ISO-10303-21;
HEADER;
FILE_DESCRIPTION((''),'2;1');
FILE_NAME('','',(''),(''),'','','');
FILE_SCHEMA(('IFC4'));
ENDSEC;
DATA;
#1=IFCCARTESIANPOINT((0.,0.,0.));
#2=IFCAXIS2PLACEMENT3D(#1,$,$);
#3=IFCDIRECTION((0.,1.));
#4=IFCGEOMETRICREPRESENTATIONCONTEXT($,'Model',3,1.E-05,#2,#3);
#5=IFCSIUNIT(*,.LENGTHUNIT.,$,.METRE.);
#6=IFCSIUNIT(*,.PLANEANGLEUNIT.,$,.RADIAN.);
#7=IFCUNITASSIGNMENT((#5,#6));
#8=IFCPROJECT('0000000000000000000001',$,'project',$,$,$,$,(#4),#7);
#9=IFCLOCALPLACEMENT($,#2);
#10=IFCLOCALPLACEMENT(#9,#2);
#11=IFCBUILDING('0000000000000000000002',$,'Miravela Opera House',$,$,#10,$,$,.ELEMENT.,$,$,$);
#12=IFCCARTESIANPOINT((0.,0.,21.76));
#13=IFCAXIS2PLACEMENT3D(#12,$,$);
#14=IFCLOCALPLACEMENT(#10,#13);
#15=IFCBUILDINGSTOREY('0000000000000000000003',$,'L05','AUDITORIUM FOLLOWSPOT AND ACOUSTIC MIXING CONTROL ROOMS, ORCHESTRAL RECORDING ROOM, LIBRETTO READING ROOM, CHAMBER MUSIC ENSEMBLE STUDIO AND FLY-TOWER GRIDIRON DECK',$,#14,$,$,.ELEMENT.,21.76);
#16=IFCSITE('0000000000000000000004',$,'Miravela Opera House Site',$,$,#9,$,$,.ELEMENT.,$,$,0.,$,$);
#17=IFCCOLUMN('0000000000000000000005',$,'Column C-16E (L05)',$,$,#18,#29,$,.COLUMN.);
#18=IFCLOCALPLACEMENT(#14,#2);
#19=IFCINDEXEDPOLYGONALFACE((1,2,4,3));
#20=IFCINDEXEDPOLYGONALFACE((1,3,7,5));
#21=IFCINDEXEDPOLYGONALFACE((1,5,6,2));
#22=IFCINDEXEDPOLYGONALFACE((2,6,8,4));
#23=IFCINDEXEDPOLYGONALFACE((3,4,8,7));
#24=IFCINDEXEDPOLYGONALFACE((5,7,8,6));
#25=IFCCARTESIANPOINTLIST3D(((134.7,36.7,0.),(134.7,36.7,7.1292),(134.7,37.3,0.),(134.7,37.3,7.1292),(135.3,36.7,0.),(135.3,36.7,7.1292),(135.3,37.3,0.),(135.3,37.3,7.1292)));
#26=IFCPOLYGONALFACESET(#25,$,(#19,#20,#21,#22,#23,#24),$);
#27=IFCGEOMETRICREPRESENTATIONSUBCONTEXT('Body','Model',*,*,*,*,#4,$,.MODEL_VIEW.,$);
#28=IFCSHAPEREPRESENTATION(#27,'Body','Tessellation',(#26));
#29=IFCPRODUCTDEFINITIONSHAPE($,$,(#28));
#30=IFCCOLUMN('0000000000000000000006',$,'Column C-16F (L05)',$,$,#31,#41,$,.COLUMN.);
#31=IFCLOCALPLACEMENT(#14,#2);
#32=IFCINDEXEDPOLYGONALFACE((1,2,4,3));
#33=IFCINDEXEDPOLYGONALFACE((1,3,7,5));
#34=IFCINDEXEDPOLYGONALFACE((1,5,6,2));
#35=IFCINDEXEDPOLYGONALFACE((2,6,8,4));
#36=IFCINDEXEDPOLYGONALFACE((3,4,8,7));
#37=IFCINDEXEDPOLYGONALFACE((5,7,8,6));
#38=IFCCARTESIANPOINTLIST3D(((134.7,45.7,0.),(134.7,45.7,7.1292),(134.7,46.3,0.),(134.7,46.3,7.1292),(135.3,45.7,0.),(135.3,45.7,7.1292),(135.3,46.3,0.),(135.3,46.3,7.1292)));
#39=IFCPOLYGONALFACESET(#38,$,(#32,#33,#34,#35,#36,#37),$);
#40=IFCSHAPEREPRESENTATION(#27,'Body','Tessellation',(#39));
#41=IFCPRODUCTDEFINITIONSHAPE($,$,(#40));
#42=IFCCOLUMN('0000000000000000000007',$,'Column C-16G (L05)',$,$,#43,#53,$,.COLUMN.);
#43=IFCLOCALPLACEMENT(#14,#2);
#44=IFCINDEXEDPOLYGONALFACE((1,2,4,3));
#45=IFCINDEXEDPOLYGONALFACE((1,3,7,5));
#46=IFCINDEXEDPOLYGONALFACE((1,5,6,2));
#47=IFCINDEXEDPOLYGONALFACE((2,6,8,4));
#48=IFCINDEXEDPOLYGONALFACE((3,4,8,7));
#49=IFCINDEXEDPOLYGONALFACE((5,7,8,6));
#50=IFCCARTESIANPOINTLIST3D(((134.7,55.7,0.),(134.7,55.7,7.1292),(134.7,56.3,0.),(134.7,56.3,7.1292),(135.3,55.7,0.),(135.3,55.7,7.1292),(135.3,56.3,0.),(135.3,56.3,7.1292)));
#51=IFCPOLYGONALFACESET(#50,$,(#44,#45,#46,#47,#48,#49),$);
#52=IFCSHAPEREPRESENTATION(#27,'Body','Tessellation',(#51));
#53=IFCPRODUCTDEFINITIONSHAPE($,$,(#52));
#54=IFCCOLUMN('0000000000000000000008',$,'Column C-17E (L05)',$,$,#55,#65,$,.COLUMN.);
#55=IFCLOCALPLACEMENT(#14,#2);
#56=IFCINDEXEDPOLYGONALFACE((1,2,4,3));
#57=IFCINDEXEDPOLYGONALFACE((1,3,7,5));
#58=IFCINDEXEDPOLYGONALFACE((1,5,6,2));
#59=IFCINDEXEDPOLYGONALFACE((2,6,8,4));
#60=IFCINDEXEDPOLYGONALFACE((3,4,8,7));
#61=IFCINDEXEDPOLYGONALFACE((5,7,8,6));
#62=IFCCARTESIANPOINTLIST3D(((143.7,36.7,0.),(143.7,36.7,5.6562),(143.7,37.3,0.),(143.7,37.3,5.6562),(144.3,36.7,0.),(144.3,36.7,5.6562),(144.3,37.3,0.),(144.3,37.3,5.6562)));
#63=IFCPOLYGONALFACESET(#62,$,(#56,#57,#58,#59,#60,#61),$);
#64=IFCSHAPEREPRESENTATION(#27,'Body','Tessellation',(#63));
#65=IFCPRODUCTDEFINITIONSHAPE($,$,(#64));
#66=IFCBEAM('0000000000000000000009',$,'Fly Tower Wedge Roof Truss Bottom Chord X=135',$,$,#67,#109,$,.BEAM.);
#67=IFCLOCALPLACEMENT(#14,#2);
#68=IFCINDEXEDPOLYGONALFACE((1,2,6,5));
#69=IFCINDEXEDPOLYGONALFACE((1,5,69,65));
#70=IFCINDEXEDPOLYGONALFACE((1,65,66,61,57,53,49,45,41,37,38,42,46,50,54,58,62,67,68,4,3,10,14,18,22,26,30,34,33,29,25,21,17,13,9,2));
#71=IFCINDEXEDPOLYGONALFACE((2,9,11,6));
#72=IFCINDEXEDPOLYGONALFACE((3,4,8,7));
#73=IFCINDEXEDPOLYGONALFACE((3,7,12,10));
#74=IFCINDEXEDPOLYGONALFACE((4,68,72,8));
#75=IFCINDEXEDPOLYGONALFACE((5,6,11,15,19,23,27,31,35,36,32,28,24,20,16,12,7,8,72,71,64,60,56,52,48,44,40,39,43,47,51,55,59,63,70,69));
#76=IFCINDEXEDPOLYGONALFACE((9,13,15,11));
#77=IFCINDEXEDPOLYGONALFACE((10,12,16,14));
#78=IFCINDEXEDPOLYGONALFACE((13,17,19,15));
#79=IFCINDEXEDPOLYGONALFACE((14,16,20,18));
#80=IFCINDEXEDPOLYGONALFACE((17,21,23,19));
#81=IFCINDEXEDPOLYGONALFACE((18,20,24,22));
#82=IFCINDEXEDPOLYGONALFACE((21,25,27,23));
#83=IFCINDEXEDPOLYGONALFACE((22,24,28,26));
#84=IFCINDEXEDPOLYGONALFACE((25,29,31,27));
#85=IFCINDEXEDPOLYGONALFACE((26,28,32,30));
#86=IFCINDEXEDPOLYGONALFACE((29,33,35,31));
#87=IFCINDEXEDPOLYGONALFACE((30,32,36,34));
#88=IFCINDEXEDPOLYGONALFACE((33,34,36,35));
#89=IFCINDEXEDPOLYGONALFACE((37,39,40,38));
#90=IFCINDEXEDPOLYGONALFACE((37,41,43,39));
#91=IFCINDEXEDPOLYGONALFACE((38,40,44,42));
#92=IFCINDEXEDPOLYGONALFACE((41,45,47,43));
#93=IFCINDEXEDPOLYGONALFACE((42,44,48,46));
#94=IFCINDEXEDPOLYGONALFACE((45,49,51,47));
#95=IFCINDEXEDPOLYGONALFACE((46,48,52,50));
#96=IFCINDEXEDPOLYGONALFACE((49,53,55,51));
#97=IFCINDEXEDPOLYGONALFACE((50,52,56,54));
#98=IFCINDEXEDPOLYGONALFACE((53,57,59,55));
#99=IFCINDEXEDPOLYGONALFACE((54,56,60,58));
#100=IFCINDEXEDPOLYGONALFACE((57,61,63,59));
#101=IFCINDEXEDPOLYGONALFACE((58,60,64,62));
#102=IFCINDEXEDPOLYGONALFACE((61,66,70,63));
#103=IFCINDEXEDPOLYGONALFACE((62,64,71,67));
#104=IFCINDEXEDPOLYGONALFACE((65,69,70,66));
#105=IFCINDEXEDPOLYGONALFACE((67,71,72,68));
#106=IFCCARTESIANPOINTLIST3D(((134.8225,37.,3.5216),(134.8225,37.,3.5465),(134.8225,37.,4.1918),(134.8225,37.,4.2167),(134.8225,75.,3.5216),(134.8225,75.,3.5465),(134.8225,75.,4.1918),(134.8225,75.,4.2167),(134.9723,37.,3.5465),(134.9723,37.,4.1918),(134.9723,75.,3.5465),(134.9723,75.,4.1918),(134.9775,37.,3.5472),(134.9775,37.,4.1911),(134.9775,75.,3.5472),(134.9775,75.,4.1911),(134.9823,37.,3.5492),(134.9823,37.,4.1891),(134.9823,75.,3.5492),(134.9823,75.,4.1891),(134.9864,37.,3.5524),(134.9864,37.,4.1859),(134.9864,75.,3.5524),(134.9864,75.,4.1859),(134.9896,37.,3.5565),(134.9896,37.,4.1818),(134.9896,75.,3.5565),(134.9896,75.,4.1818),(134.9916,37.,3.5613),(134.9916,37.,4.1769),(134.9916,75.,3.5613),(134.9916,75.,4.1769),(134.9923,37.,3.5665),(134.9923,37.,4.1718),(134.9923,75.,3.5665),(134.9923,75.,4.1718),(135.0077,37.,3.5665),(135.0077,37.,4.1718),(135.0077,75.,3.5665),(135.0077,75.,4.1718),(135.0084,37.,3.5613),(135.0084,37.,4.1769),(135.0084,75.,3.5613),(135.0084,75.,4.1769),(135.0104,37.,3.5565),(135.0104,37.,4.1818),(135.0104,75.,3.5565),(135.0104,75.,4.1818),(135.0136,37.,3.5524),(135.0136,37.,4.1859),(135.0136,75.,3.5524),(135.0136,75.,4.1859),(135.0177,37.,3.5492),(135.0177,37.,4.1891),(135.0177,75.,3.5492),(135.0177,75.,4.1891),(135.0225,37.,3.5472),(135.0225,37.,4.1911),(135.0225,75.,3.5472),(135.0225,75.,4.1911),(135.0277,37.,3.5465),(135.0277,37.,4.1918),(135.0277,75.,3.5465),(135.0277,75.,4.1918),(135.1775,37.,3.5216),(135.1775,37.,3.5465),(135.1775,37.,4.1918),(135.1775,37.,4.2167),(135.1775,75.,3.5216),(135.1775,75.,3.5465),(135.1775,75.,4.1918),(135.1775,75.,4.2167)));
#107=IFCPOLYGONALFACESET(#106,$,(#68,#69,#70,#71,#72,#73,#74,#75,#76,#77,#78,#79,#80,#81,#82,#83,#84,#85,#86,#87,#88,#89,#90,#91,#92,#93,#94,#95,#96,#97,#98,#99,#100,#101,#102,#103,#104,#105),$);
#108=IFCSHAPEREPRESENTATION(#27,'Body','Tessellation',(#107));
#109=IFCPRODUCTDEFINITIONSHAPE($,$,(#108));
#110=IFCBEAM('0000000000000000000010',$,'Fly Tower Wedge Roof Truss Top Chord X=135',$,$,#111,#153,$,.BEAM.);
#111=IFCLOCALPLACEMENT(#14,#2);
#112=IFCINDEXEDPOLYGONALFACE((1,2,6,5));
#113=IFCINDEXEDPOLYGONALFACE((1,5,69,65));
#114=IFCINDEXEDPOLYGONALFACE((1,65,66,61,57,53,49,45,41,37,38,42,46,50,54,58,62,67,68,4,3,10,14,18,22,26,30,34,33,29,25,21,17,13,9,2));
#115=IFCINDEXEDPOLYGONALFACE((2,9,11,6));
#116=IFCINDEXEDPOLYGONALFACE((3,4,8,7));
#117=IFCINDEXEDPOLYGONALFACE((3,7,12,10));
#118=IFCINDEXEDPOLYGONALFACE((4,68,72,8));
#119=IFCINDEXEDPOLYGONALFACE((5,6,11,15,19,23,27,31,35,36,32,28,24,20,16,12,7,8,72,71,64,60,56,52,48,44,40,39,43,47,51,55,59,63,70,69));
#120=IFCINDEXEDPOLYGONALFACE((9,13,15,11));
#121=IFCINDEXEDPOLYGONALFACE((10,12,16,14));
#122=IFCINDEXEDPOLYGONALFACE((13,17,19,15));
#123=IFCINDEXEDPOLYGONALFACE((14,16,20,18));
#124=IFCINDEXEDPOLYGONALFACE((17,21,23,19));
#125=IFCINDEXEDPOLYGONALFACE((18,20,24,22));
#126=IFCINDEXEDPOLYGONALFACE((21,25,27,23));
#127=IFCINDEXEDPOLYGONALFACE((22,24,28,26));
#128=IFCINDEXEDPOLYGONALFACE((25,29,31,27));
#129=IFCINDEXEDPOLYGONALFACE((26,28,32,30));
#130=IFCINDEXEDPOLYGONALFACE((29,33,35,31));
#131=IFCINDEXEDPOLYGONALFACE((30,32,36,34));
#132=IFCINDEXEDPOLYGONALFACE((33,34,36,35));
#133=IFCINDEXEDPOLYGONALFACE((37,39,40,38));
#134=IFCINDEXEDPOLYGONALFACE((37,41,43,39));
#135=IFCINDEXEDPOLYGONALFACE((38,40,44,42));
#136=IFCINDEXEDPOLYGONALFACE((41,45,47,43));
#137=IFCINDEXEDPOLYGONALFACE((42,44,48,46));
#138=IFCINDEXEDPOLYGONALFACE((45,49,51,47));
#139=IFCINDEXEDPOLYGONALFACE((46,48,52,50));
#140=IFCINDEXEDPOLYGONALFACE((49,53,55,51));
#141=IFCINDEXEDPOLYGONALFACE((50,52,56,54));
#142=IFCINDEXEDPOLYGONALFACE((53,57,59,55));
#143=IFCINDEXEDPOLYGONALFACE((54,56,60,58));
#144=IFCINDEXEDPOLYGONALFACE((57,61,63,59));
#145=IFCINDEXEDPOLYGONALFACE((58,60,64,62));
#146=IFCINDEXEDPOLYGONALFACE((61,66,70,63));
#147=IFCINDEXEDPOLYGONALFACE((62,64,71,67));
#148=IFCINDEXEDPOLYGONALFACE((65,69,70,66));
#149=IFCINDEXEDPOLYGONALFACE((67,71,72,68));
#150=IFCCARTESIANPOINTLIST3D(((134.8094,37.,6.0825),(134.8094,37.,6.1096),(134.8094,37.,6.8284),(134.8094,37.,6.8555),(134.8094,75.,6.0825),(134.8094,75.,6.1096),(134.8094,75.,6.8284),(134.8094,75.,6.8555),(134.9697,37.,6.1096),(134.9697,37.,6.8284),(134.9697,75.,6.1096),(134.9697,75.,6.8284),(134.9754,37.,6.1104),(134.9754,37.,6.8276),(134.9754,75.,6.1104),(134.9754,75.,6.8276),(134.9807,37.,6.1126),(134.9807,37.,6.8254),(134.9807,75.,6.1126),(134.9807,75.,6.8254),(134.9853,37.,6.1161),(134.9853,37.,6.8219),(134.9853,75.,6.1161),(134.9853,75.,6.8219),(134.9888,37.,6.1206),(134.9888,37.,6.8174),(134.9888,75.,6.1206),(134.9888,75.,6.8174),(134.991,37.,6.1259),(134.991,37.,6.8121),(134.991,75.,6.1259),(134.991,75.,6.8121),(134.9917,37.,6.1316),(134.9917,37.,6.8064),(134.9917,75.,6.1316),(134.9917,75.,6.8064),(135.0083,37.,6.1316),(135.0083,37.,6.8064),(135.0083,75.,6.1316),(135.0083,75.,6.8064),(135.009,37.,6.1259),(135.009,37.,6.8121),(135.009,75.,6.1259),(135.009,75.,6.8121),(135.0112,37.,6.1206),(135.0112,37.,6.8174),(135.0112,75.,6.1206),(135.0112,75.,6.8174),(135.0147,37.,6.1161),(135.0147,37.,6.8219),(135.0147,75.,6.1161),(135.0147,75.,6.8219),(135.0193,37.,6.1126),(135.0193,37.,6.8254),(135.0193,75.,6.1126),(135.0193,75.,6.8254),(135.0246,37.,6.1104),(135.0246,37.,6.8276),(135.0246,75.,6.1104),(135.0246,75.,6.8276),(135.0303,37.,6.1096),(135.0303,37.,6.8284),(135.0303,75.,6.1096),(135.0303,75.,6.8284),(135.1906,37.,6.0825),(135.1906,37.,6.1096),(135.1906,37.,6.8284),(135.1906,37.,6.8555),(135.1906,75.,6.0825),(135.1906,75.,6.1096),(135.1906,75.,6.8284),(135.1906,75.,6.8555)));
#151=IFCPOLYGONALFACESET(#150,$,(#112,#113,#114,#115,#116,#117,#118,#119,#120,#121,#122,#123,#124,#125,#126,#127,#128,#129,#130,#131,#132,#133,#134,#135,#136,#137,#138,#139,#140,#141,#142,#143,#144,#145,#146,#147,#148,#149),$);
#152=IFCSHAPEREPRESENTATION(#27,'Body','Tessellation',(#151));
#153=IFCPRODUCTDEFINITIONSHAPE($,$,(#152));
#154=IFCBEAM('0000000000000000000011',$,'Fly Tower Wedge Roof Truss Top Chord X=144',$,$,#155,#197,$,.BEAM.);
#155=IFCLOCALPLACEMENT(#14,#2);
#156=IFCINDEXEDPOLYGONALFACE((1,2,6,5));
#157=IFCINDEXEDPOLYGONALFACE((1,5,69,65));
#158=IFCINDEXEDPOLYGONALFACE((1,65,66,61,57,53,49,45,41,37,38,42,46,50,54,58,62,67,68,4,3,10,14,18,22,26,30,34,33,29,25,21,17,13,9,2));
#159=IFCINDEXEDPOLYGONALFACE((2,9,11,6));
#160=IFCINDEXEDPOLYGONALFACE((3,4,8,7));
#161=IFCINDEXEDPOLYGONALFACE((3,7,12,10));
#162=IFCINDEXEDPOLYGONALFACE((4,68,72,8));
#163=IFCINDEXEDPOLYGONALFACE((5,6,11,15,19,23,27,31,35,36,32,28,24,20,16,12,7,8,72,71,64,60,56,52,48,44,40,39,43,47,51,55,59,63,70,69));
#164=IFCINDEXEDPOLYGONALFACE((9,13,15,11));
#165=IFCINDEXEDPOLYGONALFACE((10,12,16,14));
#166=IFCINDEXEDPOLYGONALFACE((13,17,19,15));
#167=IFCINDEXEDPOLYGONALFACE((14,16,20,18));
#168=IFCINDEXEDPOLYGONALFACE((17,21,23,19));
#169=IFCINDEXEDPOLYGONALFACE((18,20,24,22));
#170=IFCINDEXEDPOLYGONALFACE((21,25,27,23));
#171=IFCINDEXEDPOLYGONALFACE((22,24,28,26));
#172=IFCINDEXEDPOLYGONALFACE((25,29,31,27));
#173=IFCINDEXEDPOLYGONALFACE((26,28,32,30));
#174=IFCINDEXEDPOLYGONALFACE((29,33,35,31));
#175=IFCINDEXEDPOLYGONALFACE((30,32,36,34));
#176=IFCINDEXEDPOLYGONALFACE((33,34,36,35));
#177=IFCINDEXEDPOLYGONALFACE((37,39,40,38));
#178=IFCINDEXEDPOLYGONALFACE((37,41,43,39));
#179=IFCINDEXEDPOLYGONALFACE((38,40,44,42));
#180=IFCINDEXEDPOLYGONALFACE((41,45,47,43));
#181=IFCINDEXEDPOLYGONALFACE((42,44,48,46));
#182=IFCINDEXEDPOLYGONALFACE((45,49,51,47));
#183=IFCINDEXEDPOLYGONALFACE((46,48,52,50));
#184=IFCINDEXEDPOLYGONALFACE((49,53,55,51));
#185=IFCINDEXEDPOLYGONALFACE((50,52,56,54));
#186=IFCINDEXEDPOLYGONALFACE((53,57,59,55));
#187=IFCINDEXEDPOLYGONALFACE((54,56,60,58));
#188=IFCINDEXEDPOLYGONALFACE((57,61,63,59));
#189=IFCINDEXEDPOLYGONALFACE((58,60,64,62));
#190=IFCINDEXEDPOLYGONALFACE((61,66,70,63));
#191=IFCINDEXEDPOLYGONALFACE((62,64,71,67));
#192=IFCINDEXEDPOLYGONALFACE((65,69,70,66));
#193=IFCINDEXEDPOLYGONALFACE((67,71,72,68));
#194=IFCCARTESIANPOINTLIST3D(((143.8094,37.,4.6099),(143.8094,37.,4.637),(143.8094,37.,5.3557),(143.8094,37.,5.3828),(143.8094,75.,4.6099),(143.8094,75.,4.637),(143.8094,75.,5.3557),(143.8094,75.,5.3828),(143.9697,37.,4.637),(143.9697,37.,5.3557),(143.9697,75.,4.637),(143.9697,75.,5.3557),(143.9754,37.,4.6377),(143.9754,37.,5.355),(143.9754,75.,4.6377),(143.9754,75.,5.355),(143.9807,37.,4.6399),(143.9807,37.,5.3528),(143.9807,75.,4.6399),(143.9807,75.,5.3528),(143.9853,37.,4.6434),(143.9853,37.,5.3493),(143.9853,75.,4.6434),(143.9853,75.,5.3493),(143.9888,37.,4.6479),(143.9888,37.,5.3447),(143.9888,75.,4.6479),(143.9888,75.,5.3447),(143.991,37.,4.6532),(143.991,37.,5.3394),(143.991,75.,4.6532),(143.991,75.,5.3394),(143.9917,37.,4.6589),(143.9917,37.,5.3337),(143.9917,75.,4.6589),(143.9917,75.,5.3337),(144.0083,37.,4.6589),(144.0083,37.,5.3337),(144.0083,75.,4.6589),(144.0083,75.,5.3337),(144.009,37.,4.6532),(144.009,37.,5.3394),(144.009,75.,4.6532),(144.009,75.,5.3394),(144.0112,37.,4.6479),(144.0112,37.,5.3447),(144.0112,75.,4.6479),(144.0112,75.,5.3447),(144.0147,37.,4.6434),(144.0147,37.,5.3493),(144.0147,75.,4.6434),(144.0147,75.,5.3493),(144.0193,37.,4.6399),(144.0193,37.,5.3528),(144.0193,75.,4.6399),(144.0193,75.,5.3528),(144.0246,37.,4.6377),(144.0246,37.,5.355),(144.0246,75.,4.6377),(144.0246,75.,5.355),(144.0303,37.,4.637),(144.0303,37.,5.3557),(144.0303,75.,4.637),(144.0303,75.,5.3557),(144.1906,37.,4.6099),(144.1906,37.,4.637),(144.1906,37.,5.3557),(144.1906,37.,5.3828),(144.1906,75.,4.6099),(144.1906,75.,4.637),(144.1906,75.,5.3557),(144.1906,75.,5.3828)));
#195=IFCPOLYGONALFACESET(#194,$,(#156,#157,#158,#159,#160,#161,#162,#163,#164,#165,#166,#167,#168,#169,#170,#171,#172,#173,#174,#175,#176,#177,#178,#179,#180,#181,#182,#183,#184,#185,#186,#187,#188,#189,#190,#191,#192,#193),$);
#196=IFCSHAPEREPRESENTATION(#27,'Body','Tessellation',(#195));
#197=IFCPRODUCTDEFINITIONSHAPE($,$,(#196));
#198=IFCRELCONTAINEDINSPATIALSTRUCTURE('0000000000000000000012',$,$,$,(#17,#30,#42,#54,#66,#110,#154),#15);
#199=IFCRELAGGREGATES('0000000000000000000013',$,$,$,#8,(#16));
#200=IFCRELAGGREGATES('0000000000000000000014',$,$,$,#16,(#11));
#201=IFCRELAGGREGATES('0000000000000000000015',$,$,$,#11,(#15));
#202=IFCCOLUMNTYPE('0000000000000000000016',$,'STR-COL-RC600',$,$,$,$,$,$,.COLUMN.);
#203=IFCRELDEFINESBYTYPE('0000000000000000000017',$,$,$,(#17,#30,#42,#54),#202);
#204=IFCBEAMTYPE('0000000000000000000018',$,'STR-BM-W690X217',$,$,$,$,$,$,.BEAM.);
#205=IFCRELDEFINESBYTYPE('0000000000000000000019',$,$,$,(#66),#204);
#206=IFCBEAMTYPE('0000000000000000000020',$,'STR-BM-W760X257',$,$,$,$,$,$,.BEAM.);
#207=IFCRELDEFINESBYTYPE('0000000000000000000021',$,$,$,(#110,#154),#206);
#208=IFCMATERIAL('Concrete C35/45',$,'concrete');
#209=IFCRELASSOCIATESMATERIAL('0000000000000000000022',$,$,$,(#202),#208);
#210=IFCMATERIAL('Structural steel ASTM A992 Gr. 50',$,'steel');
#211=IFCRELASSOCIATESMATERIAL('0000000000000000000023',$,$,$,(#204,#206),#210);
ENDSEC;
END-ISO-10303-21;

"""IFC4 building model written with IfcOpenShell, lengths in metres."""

from ifc_helpers import new_model, si_unit, direction, frame, origin, origin_2d, place, context, subcontext, project, spatial, rectangle, i_section, extrude, material, material_profile, profile_set, type_object, element, save


model = new_model("IFC4")

# Units and contexts
model_context = context("Model", 3, precision=1e-05, world=origin(), true_north=direction((0.0, 1.0)))
body_context = subcontext(model_context, "Body", "Model", "MODEL_VIEW")
ifc_project = project(units=[si_unit("LENGTHUNIT", "METRE"), si_unit("PLANEANGLEUNIT", "RADIAN")], contexts=[model_context])

# Site, building, storey
site_placement = place(None, origin())
site = spatial("IfcSite", under=ifc_project, at=site_placement, Name="Miravela Opera House Site", CompositionType="ELEMENT", RefElevation=0.0)
building_placement = place(site_placement, origin())
building = spatial("IfcBuilding", under=site, at=building_placement, Name="Miravela Opera House", CompositionType="ELEMENT")
storey_placement = place(building_placement, frame((0.0, 0.0, 21.76)))
storey = spatial("IfcBuildingStorey", under=building, at=storey_placement, Name="L05", Description="AUDITORIUM FOLLOWSPOT AND ACOUSTIC MIXING CONTROL ROOMS, ORCHESTRAL RECORDING ROOM, LIBRETTO READING ROOM, CHAMBER MUSIC ENSEMBLE STUDIO AND FLY-TOWER GRIDIRON DECK", CompositionType="ELEMENT", Elevation=21.76)

# Columns
ifc_material_1 = material(Name="Concrete C35/45", Category="concrete")
ifc_material_profile_1 = material_profile(ifc_material_1, rectangle(XDim=0.6001, YDim=0.6001, at=origin_2d()), Name="RC-COL-600X600")
ifc_profile_set_1 = profile_set([ifc_material_profile_1])
column_type = type_object("IfcColumnType", Name="STR-COL-RC600", PredefinedType="COLUMN", material=ifc_profile_set_1)
for number, where, z_axis, x_axis, name in (
    (1, (135.0, 37.0, 0.0), (0.0, 0.0, 1.0), (1.0, 0.0, 0.0), "Column C-16E (L05)"),
    (2, (135.0, 46.0, 0.0), (0.0, 0.0, 1.0), (1.0, 0.0, 0.0), "Column C-16F (L05)"),
    (3, (135.0, 56.0, 0.0), (0.0, 0.0, 1.0), (1.0, 0.0, 0.0), "Column C-16G (L05)"),
):
    element("IfcColumn", number, at=place(storey_placement, frame(where, z_axis=z_axis, x_axis=x_axis)), inside=storey, type_object=column_type, Name=name, PredefinedType="COLUMN", context=body_context, shape_type="SweptSolid", body=[
        extrude(rectangle(XDim=0.6001, YDim=0.6001, at=origin_2d()), origin(), (0.0, 0.0, 1.0), 7.1292),
    ])
column_placement = place(storey_placement, frame((144.0, 37.0, 0.0), z_axis=(0.0, 0.0, 1.0), x_axis=(1.0, 0.0, 0.0)))
element("IfcColumn", 4, at=column_placement, inside=storey, type_object=column_type, Name="Column C-17E (L05)", PredefinedType="COLUMN", context=body_context, shape_type="SweptSolid", body=[
    extrude(rectangle(XDim=0.6001, YDim=0.6001, at=origin_2d()), origin(), (0.0, 0.0, 1.0), 5.6562),
])

# Beams
ifc_material_2 = material(Name="Structural steel ASTM A992 Gr. 50", Category="steel")
ifc_material_profile_2 = material_profile(ifc_material_2, i_section(OverallWidth=0.355, OverallDepth=0.6951, WebThickness=0.0154, FlangeThickness=0.0249, FilletRadius=0.02, at=origin_2d()), Name="W690X217")
ifc_profile_set_2 = profile_set([ifc_material_profile_2])
beam_type_1 = type_object("IfcBeamType", Name="STR-BM-W690X217", PredefinedType="BEAM", material=ifc_profile_set_2)
beam_placement = place(storey_placement, frame((135.0, 37.0, 3.8691), z_axis=(0.0, 1.0, 0.0), x_axis=(-1.0, 0.0, 0.0)))
element("IfcBeam", 5, at=beam_placement, inside=storey, type_object=beam_type_1, Name="Fly Tower Wedge Roof Truss Bottom Chord X=135", PredefinedType="BEAM", context=body_context, shape_type="SweptSolid", body=[
    extrude(i_section(OverallWidth=0.355, OverallDepth=0.6951, WebThickness=0.0154, FlangeThickness=0.0249, FilletRadius=0.02, at=origin_2d()), origin(), (0.0, 0.0, 1.0), 38.0),
])
ifc_material_profile_3 = material_profile(ifc_material_2, i_section(OverallWidth=0.3811, OverallDepth=0.7729, WebThickness=0.0166, FlangeThickness=0.0271, FilletRadius=0.022, at=origin_2d()), Name="W760X257")
ifc_profile_set_3 = profile_set([ifc_material_profile_3])
beam_type_2 = type_object("IfcBeamType", Name="STR-BM-W760X257", PredefinedType="BEAM", material=ifc_profile_set_3)
for number, where, z_axis, x_axis, name in (
    (6, (135.0, 37.0, 6.469), (0.0, 1.0, 0.0), (-1.0, 0.0, 0.0), "Fly Tower Wedge Roof Truss Top Chord X=135"),
    (7, (144.0, 37.0, 4.9963), (0.0, 1.0, 0.0), (-1.0, 0.0, 0.0), "Fly Tower Wedge Roof Truss Top Chord X=144"),
):
    element("IfcBeam", number, at=place(storey_placement, frame(where, z_axis=z_axis, x_axis=x_axis)), inside=storey, type_object=beam_type_2, Name=name, PredefinedType="BEAM", context=body_context, shape_type="SweptSolid", body=[
        extrude(i_section(OverallWidth=0.3811, OverallDepth=0.7729, WebThickness=0.0166, FlangeThickness=0.0271, FilletRadius=0.022, at=origin_2d()), origin(), (0.0, 0.0, 1.0), 38.0),
    ])

save(model, "model.ifc")
